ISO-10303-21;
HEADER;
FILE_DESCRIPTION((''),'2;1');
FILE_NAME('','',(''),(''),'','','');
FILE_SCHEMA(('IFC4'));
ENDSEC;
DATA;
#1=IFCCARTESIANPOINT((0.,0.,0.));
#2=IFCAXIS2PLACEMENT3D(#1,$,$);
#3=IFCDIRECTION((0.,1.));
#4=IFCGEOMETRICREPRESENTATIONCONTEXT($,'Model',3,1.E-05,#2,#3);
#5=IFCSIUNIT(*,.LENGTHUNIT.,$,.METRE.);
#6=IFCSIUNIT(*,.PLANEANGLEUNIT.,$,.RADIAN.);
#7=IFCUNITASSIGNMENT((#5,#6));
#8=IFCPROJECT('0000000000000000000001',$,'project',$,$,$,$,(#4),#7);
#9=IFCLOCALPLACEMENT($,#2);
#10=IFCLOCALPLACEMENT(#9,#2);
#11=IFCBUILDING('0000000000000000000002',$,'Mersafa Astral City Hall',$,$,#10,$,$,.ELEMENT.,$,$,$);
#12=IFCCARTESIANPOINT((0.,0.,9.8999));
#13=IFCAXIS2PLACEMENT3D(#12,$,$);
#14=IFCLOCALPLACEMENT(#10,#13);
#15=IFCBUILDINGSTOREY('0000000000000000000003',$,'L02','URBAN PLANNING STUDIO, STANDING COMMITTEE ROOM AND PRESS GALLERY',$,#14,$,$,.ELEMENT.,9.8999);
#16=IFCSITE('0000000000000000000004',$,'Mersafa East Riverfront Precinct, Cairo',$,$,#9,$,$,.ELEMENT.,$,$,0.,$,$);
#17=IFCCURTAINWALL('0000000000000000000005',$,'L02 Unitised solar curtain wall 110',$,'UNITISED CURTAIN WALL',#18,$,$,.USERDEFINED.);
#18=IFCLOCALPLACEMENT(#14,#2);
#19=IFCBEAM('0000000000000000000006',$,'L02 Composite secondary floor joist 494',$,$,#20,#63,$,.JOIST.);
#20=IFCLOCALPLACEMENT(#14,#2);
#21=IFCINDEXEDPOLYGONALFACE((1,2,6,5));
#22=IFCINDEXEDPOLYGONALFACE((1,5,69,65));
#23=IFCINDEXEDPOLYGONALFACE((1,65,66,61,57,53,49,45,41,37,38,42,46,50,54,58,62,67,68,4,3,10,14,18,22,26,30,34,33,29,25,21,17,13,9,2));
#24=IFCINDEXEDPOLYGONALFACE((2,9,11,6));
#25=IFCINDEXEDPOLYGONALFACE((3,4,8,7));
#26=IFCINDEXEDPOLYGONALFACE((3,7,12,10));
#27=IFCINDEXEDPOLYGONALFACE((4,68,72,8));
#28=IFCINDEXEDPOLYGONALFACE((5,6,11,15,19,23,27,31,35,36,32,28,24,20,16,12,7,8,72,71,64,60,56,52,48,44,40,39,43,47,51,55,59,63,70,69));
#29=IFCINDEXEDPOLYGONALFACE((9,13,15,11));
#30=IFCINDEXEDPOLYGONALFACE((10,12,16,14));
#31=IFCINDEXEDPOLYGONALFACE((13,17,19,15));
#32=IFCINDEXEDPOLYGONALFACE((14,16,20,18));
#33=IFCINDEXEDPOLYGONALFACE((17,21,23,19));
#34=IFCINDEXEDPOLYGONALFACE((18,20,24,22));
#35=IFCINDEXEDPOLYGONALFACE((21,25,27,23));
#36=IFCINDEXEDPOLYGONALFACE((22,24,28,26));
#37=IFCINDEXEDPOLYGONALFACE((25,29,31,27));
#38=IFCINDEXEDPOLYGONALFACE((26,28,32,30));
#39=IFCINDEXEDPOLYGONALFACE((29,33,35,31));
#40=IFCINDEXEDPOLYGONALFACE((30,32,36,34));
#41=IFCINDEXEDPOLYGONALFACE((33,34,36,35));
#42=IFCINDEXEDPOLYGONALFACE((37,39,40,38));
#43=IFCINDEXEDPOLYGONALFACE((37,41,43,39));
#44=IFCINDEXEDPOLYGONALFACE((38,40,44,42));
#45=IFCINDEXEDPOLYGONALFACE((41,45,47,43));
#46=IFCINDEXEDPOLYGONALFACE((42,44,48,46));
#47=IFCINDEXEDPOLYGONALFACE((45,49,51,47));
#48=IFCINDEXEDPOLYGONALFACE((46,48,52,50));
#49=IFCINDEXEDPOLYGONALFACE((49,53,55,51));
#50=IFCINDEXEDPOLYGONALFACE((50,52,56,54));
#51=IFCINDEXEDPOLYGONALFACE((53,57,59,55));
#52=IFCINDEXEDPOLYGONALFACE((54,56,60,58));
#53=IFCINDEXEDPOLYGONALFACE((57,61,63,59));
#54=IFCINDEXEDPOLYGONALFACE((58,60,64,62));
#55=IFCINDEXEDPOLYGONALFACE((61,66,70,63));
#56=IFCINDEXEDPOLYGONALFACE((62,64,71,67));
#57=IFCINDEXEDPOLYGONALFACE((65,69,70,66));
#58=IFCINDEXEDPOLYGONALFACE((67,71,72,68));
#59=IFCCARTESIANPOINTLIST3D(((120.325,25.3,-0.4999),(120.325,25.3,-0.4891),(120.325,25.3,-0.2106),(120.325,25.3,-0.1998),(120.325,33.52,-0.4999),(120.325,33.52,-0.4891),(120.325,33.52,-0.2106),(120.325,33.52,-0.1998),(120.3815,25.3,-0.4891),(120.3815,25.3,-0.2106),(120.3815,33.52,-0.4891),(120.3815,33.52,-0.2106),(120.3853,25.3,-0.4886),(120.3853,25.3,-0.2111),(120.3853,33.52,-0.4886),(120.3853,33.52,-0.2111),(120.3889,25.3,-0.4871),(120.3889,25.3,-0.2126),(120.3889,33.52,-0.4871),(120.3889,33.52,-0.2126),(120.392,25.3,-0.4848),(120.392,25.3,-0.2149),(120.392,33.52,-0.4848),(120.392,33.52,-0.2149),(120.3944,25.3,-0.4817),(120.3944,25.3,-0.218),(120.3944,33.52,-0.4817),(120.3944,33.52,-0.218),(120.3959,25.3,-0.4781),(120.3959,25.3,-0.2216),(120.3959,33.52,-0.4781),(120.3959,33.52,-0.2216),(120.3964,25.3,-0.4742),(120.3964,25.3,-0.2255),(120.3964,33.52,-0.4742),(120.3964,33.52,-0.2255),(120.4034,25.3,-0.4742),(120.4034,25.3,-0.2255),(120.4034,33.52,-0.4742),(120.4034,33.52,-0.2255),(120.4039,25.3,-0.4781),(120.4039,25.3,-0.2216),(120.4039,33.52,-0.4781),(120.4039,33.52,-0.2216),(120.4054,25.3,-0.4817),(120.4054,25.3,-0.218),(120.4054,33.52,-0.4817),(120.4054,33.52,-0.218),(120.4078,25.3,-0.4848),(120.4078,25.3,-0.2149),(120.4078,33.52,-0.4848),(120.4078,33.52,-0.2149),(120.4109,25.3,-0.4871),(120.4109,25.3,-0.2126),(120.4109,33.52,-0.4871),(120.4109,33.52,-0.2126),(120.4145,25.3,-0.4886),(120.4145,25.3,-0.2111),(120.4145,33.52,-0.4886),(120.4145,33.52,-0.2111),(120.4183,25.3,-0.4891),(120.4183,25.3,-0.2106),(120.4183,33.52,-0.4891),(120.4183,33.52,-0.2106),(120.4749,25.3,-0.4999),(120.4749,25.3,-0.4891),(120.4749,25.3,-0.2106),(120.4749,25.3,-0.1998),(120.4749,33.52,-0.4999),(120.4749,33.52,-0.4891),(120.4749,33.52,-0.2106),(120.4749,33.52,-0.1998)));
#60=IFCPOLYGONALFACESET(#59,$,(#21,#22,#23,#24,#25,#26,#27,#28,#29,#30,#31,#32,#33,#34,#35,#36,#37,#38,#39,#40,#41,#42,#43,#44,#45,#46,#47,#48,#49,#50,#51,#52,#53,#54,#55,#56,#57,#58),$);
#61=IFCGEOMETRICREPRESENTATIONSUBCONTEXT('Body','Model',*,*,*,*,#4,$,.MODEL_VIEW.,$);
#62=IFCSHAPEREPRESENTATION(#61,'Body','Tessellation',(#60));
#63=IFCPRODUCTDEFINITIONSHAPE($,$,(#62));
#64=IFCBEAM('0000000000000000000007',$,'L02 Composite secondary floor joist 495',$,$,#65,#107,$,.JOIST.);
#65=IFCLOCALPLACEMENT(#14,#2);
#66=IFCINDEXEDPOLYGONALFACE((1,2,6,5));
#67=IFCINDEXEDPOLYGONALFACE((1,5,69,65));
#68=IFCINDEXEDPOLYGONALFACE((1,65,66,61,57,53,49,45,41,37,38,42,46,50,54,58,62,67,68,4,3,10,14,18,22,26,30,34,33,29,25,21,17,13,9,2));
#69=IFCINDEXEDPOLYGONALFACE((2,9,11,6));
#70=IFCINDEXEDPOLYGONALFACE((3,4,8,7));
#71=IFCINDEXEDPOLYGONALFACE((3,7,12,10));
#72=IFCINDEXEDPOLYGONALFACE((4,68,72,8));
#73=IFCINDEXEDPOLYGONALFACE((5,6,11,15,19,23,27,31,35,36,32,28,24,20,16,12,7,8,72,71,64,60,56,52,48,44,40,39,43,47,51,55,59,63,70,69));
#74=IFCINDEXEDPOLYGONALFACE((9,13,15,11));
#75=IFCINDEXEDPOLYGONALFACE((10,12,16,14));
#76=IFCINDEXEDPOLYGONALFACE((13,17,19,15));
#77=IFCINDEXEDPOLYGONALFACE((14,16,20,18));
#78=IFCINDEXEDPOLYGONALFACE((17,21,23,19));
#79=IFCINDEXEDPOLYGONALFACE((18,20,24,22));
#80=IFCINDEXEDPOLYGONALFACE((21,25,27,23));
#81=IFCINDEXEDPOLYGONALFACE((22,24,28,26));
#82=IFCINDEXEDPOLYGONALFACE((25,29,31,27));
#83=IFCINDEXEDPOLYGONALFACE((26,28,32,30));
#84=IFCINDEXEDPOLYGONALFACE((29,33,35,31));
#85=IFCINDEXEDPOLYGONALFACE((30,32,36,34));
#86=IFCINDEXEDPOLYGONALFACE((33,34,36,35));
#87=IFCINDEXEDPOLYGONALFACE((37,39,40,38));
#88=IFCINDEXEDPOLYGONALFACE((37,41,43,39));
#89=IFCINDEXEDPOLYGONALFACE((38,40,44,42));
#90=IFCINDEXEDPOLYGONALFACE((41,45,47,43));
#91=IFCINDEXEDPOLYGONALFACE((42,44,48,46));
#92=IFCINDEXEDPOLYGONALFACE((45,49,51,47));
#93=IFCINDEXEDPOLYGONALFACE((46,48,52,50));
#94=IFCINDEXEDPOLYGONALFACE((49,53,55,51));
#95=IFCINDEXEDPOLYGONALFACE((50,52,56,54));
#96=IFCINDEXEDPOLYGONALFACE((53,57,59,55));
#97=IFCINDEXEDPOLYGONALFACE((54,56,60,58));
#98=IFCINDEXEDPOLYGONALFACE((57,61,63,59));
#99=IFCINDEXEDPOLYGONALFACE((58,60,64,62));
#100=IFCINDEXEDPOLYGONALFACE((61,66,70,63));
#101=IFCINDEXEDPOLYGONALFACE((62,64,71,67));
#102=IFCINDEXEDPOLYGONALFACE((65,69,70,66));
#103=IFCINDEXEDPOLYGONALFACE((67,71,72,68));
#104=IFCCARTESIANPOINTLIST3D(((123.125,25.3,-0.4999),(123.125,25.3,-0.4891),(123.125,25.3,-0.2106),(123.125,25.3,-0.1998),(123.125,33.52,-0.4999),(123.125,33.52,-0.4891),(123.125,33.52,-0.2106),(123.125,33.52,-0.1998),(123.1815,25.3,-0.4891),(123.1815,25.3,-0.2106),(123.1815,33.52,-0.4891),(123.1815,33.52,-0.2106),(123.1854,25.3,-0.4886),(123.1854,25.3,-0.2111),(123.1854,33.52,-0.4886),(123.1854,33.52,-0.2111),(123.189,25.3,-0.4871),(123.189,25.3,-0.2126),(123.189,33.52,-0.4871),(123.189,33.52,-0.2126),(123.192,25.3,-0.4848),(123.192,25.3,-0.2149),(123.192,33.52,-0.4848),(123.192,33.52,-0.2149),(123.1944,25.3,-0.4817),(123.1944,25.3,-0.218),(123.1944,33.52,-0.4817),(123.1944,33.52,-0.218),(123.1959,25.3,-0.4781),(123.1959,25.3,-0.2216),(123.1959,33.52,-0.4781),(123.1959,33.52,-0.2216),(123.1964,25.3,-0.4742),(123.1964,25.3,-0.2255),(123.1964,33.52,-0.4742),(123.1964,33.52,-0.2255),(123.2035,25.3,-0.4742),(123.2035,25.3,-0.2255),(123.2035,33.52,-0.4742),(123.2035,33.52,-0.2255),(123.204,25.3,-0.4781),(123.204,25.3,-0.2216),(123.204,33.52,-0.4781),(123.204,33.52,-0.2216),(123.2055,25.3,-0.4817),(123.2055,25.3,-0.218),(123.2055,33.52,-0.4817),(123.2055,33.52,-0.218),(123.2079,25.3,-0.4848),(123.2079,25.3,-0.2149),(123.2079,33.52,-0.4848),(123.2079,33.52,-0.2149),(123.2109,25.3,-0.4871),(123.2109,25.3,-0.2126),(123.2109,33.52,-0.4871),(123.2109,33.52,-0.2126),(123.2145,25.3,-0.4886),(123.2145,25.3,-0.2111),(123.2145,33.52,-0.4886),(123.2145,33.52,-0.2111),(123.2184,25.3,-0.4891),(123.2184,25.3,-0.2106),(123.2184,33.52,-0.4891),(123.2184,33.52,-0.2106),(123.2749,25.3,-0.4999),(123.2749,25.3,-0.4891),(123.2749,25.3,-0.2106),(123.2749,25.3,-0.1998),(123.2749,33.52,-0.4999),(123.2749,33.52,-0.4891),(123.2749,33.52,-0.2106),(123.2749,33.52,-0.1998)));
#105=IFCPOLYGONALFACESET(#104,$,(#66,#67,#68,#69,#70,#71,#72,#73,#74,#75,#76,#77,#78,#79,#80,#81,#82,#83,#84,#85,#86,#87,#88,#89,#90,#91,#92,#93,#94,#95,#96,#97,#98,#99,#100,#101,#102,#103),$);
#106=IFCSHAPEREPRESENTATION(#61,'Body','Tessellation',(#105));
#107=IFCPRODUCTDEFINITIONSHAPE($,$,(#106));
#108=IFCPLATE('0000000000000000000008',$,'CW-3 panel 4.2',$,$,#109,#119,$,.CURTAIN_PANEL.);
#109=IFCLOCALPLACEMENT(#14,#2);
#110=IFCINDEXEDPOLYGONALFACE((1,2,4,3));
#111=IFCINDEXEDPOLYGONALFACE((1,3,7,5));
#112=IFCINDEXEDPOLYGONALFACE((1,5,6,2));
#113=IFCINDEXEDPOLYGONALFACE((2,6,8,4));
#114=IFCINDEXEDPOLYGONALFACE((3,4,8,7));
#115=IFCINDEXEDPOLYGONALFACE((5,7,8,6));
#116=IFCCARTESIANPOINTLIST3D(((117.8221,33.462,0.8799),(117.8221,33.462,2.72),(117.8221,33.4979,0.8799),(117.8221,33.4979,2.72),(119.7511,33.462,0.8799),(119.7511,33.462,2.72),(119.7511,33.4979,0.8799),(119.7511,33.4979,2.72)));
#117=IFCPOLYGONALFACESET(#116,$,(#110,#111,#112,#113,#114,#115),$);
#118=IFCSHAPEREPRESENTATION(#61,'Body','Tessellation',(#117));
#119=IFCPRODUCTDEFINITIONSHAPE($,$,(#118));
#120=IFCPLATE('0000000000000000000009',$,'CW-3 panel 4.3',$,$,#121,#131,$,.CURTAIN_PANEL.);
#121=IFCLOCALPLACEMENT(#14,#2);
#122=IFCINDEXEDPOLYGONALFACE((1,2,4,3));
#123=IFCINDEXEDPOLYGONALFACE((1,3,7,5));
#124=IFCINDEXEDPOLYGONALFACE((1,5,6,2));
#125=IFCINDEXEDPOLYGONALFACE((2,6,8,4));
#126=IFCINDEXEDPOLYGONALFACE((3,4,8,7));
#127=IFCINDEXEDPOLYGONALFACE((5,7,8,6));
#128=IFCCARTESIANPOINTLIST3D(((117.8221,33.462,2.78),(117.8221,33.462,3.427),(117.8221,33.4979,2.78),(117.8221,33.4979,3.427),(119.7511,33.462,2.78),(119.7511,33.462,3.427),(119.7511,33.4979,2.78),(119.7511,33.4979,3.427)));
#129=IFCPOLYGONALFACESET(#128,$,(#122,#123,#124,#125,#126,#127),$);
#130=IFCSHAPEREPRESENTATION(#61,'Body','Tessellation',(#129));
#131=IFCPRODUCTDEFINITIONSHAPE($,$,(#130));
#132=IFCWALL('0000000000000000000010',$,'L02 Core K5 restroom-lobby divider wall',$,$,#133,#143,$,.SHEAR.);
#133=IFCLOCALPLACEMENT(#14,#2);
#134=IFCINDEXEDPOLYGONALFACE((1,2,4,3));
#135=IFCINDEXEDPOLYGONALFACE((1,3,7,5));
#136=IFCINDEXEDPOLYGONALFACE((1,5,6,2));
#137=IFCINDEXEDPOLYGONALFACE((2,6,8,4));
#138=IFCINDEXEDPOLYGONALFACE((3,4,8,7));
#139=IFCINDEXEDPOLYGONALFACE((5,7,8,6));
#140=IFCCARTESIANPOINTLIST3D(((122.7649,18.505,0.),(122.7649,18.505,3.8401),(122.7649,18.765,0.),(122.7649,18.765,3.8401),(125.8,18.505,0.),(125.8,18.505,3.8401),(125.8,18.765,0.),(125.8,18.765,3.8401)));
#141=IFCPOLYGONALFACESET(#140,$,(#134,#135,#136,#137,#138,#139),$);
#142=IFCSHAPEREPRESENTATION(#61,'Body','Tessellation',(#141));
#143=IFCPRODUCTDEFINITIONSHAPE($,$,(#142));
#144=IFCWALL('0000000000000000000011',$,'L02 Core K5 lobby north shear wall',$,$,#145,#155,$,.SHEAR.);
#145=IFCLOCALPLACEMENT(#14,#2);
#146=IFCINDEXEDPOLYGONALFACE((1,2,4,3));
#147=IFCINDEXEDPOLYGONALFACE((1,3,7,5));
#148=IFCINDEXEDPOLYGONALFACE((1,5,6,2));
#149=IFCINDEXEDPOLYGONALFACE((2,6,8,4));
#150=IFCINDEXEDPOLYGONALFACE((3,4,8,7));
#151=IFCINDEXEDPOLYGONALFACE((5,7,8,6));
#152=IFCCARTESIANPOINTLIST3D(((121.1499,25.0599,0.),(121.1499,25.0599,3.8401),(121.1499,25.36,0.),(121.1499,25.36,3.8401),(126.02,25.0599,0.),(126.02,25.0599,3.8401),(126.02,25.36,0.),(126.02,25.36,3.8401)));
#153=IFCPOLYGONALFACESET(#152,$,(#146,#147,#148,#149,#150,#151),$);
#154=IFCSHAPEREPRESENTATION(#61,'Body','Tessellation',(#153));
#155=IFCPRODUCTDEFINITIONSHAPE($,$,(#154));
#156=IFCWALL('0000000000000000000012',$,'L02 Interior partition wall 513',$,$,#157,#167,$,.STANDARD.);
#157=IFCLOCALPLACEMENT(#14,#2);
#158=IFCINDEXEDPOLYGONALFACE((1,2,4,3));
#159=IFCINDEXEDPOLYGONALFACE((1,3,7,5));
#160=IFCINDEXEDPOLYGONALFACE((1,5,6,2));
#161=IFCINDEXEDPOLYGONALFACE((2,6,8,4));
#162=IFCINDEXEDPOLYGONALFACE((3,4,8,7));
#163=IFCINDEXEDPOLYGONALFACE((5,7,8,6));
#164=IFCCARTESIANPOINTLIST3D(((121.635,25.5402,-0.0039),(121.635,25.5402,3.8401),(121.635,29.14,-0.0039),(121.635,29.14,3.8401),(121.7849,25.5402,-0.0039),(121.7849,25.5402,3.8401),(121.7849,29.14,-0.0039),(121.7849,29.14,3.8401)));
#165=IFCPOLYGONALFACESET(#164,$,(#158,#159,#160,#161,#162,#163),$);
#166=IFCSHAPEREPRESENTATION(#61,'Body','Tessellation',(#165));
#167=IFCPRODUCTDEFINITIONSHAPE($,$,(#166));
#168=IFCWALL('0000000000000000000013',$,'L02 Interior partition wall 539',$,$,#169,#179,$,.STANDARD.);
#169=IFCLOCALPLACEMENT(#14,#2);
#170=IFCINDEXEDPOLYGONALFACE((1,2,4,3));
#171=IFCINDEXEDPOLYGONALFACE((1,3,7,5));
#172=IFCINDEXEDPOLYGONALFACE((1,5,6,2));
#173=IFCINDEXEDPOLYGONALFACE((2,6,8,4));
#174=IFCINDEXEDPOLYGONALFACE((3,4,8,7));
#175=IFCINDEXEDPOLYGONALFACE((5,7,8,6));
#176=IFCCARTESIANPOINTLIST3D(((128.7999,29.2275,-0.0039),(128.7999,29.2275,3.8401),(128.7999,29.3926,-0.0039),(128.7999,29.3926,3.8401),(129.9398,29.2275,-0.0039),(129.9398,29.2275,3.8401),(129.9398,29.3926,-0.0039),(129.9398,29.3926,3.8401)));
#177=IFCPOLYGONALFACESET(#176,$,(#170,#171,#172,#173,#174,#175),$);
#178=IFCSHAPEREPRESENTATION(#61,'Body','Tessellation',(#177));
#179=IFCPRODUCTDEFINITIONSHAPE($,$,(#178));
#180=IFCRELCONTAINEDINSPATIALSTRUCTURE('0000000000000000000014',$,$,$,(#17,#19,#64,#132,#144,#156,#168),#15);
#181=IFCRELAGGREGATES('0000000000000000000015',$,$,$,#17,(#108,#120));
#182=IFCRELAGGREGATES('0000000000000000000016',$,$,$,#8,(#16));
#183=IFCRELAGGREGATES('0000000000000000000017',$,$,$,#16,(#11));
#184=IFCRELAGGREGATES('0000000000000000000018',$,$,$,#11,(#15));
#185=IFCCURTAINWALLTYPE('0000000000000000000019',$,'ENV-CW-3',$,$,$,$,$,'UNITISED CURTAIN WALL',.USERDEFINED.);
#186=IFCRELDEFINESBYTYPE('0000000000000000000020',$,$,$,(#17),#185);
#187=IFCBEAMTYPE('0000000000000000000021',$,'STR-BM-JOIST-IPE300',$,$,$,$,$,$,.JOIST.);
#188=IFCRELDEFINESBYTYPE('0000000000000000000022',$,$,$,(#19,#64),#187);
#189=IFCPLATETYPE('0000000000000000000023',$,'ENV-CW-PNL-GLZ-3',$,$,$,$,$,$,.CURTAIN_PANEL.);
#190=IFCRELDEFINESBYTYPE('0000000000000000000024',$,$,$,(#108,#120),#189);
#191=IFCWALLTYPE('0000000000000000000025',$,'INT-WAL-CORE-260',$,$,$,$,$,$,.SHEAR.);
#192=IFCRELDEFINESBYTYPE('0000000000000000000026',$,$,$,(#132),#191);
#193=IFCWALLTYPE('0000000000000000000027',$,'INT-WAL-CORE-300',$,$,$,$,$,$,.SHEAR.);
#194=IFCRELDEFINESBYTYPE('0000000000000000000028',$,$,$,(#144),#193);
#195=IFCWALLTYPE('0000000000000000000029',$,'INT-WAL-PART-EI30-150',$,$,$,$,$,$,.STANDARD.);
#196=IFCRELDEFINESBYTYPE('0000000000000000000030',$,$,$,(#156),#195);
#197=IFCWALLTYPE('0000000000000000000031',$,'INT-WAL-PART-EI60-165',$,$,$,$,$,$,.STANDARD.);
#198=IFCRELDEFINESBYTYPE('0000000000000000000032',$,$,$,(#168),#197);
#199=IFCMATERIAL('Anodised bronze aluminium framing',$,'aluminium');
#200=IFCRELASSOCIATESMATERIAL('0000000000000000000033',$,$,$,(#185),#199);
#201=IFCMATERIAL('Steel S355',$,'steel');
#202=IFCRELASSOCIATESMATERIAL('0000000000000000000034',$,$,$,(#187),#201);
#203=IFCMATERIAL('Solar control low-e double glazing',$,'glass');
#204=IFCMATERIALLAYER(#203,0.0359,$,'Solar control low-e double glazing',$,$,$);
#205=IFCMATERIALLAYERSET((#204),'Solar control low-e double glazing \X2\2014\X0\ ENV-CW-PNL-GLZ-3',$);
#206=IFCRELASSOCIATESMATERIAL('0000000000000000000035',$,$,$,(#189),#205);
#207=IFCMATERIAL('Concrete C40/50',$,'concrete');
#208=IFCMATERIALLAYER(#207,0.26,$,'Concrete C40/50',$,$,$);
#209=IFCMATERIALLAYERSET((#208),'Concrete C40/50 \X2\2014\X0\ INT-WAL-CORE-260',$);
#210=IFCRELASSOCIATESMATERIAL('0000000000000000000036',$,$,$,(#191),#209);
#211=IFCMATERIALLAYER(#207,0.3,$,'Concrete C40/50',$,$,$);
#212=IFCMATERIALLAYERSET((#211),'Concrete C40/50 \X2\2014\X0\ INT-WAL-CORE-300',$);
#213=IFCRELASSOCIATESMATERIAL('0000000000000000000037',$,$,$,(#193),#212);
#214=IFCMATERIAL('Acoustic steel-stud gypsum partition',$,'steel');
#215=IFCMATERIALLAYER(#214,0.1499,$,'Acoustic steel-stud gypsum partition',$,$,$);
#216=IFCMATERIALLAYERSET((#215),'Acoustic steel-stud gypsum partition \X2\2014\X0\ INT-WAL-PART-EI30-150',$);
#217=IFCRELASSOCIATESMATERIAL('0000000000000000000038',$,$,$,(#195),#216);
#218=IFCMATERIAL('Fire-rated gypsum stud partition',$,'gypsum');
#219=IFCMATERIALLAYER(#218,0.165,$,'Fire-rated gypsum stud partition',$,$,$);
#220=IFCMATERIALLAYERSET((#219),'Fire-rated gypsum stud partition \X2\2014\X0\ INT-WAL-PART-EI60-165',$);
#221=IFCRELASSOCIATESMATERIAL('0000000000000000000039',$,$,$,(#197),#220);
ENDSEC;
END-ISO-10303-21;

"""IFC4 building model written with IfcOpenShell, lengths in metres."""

from ifc_helpers import new_model, si_unit, direction, frame, frame_2d, origin, origin_2d, place, context, subcontext, project, spatial, rectangle, i_section, extrude, material, layer, layer_set, material_profile, profile_set, type_object, element, aggregate, save


model = new_model("IFC4")

# Units and contexts
model_context = context("Model", 3, precision=1e-05, world=origin(), true_north=direction((0.0, 1.0)))
body_context = subcontext(model_context, "Body", "Model", "MODEL_VIEW")
ifc_project = project(units=[si_unit("LENGTHUNIT", "METRE"), si_unit("PLANEANGLEUNIT", "RADIAN")], contexts=[model_context])

# Site, building, storey
site_placement = place(None, origin())
site = spatial("IfcSite", under=ifc_project, at=site_placement, Name="Mersafa East Riverfront Precinct, Cairo", CompositionType="ELEMENT", RefElevation=0.0)
building_placement = place(site_placement, origin())
building = spatial("IfcBuilding", under=site, at=building_placement, Name="Mersafa Astral City Hall", CompositionType="ELEMENT")
storey_placement = place(building_placement, frame((0.0, 0.0, 9.8999)))
storey = spatial("IfcBuildingStorey", under=building, at=storey_placement, Name="L02", Description="URBAN PLANNING STUDIO, STANDING COMMITTEE ROOM AND PRESS GALLERY", CompositionType="ELEMENT", Elevation=9.8999)

# Shared definitions
ifc_material_1 = material(Name="Steel S355", Category="steel")

# Curtain wall
ifc_material_2 = material(Name="Anodised bronze aluminium framing", Category="aluminium")
curtain_wall_type = type_object("IfcCurtainWallType", Name="ENV-CW-3", ElementType="UNITISED CURTAIN WALL", PredefinedType="USERDEFINED", material=ifc_material_2)
curtain_wall_placement = place(storey_placement, origin())
curtain_wall = element("IfcCurtainWall", 1, at=curtain_wall_placement, inside=storey, type_object=curtain_wall_type, Name="L02 Unitised solar curtain wall 110", ObjectType="UNITISED CURTAIN WALL", PredefinedType="USERDEFINED")

# Beams
ifc_material_profile_1 = material_profile(ifc_material_1, i_section(OverallWidth=0.1499, OverallDepth=0.3, WebThickness=0.0071, FlangeThickness=0.0107, FilletRadius=0.0149, at=origin_2d()), Name="IPE 300")
ifc_profile_set_1 = profile_set([ifc_material_profile_1], Name="Steel S355")
beam_type_1 = type_object("IfcBeamType", Name="STR-BM-JOIST-IPE300", PredefinedType="JOIST", material=ifc_profile_set_1)
for number, where, z_axis, x_axis, name in (
    (2, (120.3999, 25.3, -0.3499), (0.0, 1.0, 0.0), (-1.0, 0.0, 0.0), "L02 Composite secondary floor joist 494"),
    (3, (123.2, 25.3, -0.3499), (0.0, 1.0, 0.0), (-1.0, 0.0, 0.0), "L02 Composite secondary floor joist 495"),
):
    element("IfcBeam", number, at=place(storey_placement, frame(where, z_axis=z_axis, x_axis=x_axis)), inside=storey, type_object=beam_type_1, Name=name, PredefinedType="JOIST", context=body_context, shape_type="SweptSolid", body=[
        extrude(i_section(OverallWidth=0.1499, OverallDepth=0.3, WebThickness=0.0071, FlangeThickness=0.0107, FilletRadius=0.0149, at=origin_2d()), origin(), (0.0, 0.0, 1.0), 8.22),
    ])

# Plates
ifc_material_3 = material(Name="Solar control low-e double glazing", Category="glass")
ifc_layer_1 = layer(ifc_material_3, 0.0359, Name="Solar control low-e double glazing")
ifc_layer_set_1 = layer_set([ifc_layer_1], Name="Solar control low-e double glazing — ENV-CW-PNL-GLZ-3")
plate_type = type_object("IfcPlateType", Name="ENV-CW-PNL-GLZ-3", PredefinedType="CURTAIN_PANEL", material=ifc_layer_set_1)
plate_1_placement = place(storey_placement, frame((118.7866, 33.48, 0.8799), z_axis=(0.0, 0.0, 1.0), x_axis=(-1.0, 0.0, 0.0)))
plate_1 = element("IfcPlate", 4, at=plate_1_placement, type_object=plate_type, Name="CW-3 panel 4.2", PredefinedType="CURTAIN_PANEL", context=body_context, shape_type="SweptSolid", body=[
    extrude(rectangle(XDim=1.929, YDim=0.0359, at=origin_2d()), origin(), (0.0, 0.0, 1.0), 1.8401),
])
plate_2_placement = place(storey_placement, frame((118.7866, 33.48, 2.78), z_axis=(0.0, 0.0, 1.0), x_axis=(-1.0, 0.0, 0.0)))
plate_2 = element("IfcPlate", 5, at=plate_2_placement, type_object=plate_type, Name="CW-3 panel 4.3", PredefinedType="CURTAIN_PANEL", context=body_context, shape_type="SweptSolid", body=[
    extrude(rectangle(XDim=1.929, YDim=0.0359, at=origin_2d()), origin(), (0.0, 0.0, 1.0), 0.647),
])
aggregate(curtain_wall, [plate_1, plate_2])

# Shared definitions
ifc_material_4 = material(Name="Concrete C40/50", Category="concrete")
ifc_layer_2 = layer(ifc_material_4, 0.26, Name="Concrete C40/50")
ifc_layer_set_2 = layer_set([ifc_layer_2], Name="Concrete C40/50 — INT-WAL-CORE-260")
wall_type_1 = type_object("IfcWallType", Name="INT-WAL-CORE-260", PredefinedType="SHEAR", material=ifc_layer_set_2)

# Walls
wall_1_placement = place(storey_placement, frame((122.7649, 18.635, 0.0), z_axis=(0.0, 0.0, 1.0), x_axis=(1.0, 0.0, 0.0)))
element("IfcWall", 6, at=wall_1_placement, inside=storey, type_object=wall_type_1, Name="L02 Core K5 restroom-lobby divider wall", PredefinedType="SHEAR", context=body_context, shape_type="SweptSolid", body=[
    extrude(rectangle(XDim=3.0352, YDim=0.26, at=frame_2d((1.5176, 0.0))), origin(), (0.0, 0.0, 1.0), 3.8401),
])
ifc_layer_3 = layer(ifc_material_4, 0.3, Name="Concrete C40/50")
ifc_layer_set_3 = layer_set([ifc_layer_3], Name="Concrete C40/50 — INT-WAL-CORE-300")
wall_type_2 = type_object("IfcWallType", Name="INT-WAL-CORE-300", PredefinedType="SHEAR", material=ifc_layer_set_3)
wall_2_placement = place(storey_placement, frame((121.1499, 25.21, 0.0), z_axis=(0.0, 0.0, 1.0), x_axis=(1.0, 0.0, 0.0)))
element("IfcWall", 7, at=wall_2_placement, inside=storey, type_object=wall_type_2, Name="L02 Core K5 lobby north shear wall", PredefinedType="SHEAR", context=body_context, shape_type="SweptSolid", body=[
    extrude(rectangle(XDim=4.8701, YDim=0.3, at=frame_2d((2.4351, 0.0))), origin(), (0.0, 0.0, 1.0), 3.8401),
])
ifc_material_5 = material(Name="Acoustic steel-stud gypsum partition", Category="steel")
ifc_layer_4 = layer(ifc_material_5, 0.1499, Name="Acoustic steel-stud gypsum partition")
ifc_layer_set_4 = layer_set([ifc_layer_4], Name="Acoustic steel-stud gypsum partition — INT-WAL-PART-EI30-150")
wall_type_3 = type_object("IfcWallType", Name="INT-WAL-PART-EI30-150", PredefinedType="STANDARD", material=ifc_layer_set_4)
wall_3_placement = place(storey_placement, frame((121.71, 29.1399, -0.0039), z_axis=(0.0, 0.0, 1.0), x_axis=(0.0, -1.0, 0.0)))
element("IfcWall", 8, at=wall_3_placement, inside=storey, type_object=wall_type_3, Name="L02 Interior partition wall 513", PredefinedType="STANDARD", context=body_context, shape_type="SweptSolid", body=[
    extrude(rectangle(XDim=3.5999, YDim=0.1499, at=frame_2d((1.7998, 0.0))), origin(), (0.0, 0.0, 1.0), 3.844),
])
ifc_material_6 = material(Name="Fire-rated gypsum stud partition", Category="gypsum")
ifc_layer_5 = layer(ifc_material_6, 0.165, Name="Fire-rated gypsum stud partition")
ifc_layer_set_5 = layer_set([ifc_layer_5], Name="Fire-rated gypsum stud partition — INT-WAL-PART-EI60-165")
wall_type_4 = type_object("IfcWallType", Name="INT-WAL-PART-EI60-165", PredefinedType="STANDARD", material=ifc_layer_set_5)
wall_4_placement = place(storey_placement, frame((128.8, 29.3101, -0.0039), z_axis=(0.0, 0.0, 1.0), x_axis=(1.0, 0.0, 0.0)))
element("IfcWall", 9, at=wall_4_placement, inside=storey, type_object=wall_type_4, Name="L02 Interior partition wall 539", PredefinedType="STANDARD", context=body_context, shape_type="SweptSolid", body=[
    extrude(rectangle(XDim=1.1399, YDim=0.165, at=frame_2d((0.5698, 0.0))), origin(), (0.0, 0.0, 1.0), 3.844),
])

save(model, "model.ifc")
